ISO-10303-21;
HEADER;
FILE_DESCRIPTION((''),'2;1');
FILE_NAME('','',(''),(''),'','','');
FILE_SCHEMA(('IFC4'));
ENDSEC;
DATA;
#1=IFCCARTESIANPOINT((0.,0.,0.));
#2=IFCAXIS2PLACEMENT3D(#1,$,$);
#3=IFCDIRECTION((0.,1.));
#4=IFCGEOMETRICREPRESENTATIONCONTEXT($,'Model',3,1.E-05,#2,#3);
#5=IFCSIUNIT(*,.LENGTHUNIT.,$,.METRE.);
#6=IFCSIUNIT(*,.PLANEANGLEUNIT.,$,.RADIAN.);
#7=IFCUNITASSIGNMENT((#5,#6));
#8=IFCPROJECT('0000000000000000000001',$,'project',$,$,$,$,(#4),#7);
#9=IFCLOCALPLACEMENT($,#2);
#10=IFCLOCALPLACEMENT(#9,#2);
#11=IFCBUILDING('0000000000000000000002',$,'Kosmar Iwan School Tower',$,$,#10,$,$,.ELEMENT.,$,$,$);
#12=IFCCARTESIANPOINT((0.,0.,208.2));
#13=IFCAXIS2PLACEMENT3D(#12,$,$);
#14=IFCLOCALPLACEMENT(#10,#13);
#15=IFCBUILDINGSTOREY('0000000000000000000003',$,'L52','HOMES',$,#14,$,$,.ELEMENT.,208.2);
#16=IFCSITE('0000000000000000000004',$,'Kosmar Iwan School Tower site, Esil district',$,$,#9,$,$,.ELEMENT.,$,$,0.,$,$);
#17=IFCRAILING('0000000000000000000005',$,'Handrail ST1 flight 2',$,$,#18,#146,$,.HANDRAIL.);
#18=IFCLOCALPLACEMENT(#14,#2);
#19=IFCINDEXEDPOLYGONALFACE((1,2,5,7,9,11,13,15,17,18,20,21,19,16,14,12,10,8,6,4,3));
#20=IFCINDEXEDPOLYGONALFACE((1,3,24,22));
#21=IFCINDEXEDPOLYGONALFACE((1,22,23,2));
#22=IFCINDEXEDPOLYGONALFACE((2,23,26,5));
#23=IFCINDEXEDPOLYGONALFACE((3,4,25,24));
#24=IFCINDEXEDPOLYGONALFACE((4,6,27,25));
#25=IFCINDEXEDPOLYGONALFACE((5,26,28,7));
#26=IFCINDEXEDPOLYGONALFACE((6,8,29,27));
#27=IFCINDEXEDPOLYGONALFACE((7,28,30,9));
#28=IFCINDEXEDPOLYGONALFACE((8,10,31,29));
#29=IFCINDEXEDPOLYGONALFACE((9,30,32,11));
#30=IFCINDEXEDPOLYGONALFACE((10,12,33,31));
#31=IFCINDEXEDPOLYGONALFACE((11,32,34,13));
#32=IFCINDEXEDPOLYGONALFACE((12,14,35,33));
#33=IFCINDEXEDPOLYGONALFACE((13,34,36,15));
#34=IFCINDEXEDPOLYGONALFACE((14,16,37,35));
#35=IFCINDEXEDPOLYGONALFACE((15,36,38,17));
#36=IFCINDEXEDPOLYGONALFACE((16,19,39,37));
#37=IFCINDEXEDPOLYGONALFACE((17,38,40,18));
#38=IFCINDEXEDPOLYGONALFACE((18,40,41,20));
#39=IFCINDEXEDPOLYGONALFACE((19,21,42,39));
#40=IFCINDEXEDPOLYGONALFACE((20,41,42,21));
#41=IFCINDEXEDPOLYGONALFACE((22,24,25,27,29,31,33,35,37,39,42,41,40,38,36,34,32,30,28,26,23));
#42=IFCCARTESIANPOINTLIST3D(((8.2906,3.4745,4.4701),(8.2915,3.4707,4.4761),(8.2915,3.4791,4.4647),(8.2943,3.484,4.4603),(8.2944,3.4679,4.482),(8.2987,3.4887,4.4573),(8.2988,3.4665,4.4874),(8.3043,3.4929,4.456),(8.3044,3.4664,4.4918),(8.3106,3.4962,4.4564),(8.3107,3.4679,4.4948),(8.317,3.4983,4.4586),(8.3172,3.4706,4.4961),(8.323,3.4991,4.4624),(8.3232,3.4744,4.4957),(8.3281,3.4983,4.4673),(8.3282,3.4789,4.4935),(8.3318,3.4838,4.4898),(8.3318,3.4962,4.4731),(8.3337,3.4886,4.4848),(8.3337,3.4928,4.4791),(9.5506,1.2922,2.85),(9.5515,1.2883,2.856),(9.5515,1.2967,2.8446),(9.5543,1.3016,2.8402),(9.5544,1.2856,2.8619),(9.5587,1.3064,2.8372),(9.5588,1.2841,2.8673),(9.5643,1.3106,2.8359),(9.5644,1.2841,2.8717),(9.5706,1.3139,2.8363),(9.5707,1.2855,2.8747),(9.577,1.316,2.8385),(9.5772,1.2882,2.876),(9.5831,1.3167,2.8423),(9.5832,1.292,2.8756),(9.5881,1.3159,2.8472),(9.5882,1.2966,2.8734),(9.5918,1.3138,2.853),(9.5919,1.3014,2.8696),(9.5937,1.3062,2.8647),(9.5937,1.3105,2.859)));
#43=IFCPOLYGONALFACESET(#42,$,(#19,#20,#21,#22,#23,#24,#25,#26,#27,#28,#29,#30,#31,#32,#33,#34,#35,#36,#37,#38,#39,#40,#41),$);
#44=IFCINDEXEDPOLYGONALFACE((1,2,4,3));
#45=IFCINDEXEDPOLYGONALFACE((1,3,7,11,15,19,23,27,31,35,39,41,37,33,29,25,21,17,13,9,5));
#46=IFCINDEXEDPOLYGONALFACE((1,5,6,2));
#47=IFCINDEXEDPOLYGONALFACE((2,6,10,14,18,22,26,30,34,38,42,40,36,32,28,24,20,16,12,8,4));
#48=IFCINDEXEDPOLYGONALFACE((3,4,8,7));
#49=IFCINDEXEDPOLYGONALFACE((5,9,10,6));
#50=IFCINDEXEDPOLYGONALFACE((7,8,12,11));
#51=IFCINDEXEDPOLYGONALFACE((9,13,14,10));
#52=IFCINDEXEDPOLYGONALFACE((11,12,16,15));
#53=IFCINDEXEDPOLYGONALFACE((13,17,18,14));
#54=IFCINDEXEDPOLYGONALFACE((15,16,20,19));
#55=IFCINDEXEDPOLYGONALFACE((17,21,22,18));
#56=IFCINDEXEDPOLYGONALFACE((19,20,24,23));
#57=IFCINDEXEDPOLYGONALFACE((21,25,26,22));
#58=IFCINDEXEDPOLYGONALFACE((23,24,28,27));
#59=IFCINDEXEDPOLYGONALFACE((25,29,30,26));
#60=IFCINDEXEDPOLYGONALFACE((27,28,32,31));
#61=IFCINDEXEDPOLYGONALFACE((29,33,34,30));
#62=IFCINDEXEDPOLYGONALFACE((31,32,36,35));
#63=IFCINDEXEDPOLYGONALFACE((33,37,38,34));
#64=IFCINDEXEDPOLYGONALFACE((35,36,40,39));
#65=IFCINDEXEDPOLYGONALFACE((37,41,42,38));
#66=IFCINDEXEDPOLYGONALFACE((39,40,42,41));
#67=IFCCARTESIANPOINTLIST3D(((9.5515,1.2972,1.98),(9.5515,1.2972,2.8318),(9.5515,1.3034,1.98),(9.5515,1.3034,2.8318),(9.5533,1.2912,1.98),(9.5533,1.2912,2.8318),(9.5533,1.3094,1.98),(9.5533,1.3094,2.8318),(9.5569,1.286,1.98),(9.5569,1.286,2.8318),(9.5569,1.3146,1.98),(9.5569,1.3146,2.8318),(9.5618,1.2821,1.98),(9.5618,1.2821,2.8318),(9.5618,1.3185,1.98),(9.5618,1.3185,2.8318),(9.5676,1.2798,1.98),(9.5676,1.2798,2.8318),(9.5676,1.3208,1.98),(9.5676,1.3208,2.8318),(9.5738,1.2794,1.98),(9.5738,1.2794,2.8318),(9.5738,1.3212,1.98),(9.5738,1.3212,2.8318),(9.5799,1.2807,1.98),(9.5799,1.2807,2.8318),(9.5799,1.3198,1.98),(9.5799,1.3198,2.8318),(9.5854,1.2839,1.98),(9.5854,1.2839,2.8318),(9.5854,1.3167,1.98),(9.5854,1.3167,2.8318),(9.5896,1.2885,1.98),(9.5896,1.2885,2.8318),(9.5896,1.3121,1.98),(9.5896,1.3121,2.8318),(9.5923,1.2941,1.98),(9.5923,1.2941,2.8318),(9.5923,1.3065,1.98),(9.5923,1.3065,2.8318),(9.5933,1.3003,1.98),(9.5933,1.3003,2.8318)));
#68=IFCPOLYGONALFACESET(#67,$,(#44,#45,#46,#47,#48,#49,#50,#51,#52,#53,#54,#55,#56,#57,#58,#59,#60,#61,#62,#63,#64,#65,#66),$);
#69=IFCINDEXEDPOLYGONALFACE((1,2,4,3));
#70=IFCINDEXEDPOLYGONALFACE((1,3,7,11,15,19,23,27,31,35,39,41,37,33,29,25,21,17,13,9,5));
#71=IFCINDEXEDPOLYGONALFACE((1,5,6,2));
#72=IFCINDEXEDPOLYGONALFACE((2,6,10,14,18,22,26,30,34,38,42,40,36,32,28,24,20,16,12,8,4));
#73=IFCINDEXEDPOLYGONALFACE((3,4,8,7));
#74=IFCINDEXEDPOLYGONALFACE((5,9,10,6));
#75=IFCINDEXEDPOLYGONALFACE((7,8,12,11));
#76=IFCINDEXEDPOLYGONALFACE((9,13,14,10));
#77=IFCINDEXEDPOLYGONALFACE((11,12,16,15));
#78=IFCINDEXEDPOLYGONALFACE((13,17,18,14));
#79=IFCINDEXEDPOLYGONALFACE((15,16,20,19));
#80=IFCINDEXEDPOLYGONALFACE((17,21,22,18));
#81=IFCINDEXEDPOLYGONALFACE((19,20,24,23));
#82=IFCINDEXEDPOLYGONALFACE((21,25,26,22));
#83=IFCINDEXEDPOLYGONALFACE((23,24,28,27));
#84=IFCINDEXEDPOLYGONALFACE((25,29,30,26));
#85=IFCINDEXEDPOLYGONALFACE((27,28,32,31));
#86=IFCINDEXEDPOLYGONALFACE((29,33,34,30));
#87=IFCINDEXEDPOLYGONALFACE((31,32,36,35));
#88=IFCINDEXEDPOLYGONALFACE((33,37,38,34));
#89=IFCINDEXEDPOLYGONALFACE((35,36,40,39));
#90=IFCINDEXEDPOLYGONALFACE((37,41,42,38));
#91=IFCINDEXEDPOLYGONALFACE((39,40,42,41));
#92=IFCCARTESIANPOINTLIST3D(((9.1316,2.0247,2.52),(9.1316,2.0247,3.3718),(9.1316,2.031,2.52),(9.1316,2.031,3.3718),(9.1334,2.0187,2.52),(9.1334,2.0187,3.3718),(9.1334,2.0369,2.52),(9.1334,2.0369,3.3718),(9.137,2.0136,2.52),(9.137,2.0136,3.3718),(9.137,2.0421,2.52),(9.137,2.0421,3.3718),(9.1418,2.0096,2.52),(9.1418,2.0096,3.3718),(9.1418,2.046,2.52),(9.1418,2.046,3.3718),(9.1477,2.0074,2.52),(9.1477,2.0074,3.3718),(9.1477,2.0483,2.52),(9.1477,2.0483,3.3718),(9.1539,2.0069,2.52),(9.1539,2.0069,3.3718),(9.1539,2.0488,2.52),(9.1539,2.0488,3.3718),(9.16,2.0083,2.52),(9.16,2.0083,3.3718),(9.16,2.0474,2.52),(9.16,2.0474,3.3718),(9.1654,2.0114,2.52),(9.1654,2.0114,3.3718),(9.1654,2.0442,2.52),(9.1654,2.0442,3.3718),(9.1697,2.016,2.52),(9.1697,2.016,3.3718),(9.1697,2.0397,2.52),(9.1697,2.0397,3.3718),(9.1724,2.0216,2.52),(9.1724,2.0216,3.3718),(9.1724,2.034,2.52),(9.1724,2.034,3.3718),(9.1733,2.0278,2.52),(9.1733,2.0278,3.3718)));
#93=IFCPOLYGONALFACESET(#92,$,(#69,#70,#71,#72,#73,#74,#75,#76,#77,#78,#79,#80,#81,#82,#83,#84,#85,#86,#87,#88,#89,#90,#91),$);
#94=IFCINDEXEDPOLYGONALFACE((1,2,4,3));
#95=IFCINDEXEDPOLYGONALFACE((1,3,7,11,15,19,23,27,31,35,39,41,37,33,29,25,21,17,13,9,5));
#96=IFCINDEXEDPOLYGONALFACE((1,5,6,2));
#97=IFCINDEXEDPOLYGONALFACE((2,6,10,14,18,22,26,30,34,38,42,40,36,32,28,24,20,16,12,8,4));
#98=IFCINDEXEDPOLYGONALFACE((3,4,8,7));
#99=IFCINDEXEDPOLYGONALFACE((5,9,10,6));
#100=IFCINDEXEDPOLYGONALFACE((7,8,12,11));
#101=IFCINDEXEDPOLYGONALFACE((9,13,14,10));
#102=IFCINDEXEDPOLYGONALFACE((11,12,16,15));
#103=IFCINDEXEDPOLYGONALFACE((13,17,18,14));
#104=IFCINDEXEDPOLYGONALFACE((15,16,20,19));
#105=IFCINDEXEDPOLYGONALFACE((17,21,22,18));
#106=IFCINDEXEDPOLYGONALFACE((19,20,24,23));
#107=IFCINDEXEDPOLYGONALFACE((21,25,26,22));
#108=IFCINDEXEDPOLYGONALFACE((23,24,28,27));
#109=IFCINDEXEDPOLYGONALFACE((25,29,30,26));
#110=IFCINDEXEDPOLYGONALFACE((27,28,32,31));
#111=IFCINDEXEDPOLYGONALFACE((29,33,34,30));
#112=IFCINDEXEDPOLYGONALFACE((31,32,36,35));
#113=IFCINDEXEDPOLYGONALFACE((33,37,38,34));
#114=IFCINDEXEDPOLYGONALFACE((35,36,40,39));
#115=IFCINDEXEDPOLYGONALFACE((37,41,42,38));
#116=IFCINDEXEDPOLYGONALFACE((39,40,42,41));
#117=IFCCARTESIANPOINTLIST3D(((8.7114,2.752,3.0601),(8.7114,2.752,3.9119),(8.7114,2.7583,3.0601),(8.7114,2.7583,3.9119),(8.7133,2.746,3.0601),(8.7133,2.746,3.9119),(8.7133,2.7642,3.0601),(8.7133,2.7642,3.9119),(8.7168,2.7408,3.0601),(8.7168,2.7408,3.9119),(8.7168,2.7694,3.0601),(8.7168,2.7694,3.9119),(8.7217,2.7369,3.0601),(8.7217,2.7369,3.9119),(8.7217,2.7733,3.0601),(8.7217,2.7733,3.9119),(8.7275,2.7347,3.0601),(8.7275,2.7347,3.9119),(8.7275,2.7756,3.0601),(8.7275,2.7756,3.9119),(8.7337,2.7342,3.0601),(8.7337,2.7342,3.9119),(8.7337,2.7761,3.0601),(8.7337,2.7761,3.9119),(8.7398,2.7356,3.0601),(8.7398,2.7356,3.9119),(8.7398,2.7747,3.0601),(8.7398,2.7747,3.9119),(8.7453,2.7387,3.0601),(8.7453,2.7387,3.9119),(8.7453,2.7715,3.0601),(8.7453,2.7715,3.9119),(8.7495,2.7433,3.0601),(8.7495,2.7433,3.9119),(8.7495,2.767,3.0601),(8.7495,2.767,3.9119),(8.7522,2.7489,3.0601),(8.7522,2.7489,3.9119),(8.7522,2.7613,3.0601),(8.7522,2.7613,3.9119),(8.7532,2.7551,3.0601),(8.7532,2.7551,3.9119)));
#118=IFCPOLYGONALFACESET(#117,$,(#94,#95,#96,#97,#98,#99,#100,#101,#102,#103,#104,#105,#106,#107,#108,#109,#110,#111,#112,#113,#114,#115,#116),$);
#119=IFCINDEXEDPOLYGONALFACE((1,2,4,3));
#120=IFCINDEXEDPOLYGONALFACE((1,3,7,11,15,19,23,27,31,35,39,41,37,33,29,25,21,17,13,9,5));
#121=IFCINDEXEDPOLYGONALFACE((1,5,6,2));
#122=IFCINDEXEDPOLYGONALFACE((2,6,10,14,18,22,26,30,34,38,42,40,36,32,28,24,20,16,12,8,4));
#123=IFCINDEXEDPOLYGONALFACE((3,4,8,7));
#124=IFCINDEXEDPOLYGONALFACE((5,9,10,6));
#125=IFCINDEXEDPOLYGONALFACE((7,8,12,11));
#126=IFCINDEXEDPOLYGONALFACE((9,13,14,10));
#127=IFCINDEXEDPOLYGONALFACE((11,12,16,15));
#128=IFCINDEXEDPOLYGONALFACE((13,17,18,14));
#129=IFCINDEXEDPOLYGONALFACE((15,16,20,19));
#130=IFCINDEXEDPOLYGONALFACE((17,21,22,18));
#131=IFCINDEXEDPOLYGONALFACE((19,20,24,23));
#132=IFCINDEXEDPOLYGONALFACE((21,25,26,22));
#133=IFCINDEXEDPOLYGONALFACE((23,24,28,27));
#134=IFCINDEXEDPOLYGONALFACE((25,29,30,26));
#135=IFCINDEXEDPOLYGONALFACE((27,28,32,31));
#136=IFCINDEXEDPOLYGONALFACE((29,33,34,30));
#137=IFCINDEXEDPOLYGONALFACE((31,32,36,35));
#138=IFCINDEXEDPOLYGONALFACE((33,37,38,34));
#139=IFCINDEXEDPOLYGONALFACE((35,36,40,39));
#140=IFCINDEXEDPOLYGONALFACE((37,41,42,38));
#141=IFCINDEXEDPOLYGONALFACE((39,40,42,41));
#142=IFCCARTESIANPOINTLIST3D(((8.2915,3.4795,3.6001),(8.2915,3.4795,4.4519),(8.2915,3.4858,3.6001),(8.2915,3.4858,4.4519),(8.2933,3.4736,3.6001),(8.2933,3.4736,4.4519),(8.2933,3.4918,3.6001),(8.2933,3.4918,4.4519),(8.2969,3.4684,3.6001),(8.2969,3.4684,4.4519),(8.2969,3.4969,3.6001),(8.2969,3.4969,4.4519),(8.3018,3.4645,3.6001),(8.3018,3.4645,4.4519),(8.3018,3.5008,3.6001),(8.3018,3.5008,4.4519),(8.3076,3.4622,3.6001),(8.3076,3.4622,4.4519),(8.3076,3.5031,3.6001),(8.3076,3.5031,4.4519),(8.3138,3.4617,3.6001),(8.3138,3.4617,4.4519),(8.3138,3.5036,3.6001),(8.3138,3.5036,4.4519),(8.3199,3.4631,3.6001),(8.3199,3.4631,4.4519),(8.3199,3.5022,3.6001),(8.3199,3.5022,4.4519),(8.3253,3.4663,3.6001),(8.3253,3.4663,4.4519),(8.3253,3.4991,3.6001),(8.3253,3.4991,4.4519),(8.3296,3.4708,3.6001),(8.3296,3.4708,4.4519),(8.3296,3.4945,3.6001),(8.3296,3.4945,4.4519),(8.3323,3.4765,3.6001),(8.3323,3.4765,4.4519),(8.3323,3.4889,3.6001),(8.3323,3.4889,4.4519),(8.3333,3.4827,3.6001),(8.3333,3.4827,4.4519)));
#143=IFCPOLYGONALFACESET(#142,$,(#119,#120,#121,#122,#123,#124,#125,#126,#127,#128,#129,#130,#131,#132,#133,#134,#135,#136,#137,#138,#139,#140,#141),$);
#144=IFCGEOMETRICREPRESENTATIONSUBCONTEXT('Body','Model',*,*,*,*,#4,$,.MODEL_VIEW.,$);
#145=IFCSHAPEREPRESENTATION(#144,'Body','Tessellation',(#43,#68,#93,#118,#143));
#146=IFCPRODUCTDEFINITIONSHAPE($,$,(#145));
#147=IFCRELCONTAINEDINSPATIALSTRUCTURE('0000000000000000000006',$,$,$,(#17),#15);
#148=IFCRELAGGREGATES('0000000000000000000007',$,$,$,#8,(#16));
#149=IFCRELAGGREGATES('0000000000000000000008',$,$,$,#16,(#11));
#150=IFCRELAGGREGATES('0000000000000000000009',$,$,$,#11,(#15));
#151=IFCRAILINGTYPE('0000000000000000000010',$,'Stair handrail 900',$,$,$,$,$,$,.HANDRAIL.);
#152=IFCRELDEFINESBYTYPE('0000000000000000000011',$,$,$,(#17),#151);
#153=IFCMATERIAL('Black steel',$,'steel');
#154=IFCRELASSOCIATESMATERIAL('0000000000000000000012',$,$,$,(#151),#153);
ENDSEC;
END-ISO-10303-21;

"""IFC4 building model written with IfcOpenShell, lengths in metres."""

from ifc_helpers import new_model, si_unit, direction, frame, origin, origin_2d, place, context, subcontext, project, spatial, circle, extrude, material, type_object, element, save


model = new_model("IFC4")

# Units and contexts
model_context = context("Model", 3, precision=1e-05, world=origin(), true_north=direction((0.0, 1.0)))
body_context = subcontext(model_context, "Body", "Model", "MODEL_VIEW")
ifc_project = project(units=[si_unit("LENGTHUNIT", "METRE"), si_unit("PLANEANGLEUNIT", "RADIAN")], contexts=[model_context])

# Site, building, storey
site_placement = place(None, origin())
site = spatial("IfcSite", under=ifc_project, at=site_placement, Name="Kosmar Iwan School Tower site, Esil district", CompositionType="ELEMENT", RefElevation=0.0)
building_placement = place(site_placement, origin())
building = spatial("IfcBuilding", under=site, at=building_placement, Name="Kosmar Iwan School Tower", CompositionType="ELEMENT")
storey_placement = place(building_placement, frame((0.0, 0.0, 208.2)))
storey = spatial("IfcBuildingStorey", under=building, at=storey_placement, Name="L52", Description="HOMES", CompositionType="ELEMENT", Elevation=208.2)

# Railing
ifc_material_1 = material(Name="Black steel", Category="steel")
railing_type = type_object("IfcRailingType", Name="Stair handrail 900", PredefinedType="HANDRAIL", material=ifc_material_1)
railing_1_placement = place(storey_placement, frame((9.5723, 1.3003, 1.98)))
element("IfcRailing", 1, at=railing_1_placement, inside=storey, type_object=railing_type, Name="Handrail ST1 flight 2", PredefinedType="HANDRAIL", context=body_context, shape_type="SweptSolid", body=[
    extrude(circle(Radius=0.0239, at=origin_2d()), frame((0.0, 0.0, 0.876), z_axis=(-0.420584, 0.728464, 0.540786), x_axis=(-0.866023, -0.500005, 0.0)), (0.0, 0.0, 1.0), 2.9958),
    extrude(circle(Radius=0.021, at=origin_2d()), origin(), (0.0, 0.0, 1.0), 0.8518),
    extrude(circle(Radius=0.021, at=origin_2d()), frame((-0.4199, 0.7275, 0.54)), (0.0, 0.0, 1.0), 0.8518),
    extrude(circle(Radius=0.021, at=origin_2d()), frame((-0.8401, 1.4548, 1.0801)), (0.0, 0.0, 1.0), 0.8518),
    extrude(circle(Radius=0.021, at=origin_2d()), frame((-1.26, 2.1824, 1.6201)), (0.0, 0.0, 1.0), 0.8518),
])

save(model, "model.ifc")
